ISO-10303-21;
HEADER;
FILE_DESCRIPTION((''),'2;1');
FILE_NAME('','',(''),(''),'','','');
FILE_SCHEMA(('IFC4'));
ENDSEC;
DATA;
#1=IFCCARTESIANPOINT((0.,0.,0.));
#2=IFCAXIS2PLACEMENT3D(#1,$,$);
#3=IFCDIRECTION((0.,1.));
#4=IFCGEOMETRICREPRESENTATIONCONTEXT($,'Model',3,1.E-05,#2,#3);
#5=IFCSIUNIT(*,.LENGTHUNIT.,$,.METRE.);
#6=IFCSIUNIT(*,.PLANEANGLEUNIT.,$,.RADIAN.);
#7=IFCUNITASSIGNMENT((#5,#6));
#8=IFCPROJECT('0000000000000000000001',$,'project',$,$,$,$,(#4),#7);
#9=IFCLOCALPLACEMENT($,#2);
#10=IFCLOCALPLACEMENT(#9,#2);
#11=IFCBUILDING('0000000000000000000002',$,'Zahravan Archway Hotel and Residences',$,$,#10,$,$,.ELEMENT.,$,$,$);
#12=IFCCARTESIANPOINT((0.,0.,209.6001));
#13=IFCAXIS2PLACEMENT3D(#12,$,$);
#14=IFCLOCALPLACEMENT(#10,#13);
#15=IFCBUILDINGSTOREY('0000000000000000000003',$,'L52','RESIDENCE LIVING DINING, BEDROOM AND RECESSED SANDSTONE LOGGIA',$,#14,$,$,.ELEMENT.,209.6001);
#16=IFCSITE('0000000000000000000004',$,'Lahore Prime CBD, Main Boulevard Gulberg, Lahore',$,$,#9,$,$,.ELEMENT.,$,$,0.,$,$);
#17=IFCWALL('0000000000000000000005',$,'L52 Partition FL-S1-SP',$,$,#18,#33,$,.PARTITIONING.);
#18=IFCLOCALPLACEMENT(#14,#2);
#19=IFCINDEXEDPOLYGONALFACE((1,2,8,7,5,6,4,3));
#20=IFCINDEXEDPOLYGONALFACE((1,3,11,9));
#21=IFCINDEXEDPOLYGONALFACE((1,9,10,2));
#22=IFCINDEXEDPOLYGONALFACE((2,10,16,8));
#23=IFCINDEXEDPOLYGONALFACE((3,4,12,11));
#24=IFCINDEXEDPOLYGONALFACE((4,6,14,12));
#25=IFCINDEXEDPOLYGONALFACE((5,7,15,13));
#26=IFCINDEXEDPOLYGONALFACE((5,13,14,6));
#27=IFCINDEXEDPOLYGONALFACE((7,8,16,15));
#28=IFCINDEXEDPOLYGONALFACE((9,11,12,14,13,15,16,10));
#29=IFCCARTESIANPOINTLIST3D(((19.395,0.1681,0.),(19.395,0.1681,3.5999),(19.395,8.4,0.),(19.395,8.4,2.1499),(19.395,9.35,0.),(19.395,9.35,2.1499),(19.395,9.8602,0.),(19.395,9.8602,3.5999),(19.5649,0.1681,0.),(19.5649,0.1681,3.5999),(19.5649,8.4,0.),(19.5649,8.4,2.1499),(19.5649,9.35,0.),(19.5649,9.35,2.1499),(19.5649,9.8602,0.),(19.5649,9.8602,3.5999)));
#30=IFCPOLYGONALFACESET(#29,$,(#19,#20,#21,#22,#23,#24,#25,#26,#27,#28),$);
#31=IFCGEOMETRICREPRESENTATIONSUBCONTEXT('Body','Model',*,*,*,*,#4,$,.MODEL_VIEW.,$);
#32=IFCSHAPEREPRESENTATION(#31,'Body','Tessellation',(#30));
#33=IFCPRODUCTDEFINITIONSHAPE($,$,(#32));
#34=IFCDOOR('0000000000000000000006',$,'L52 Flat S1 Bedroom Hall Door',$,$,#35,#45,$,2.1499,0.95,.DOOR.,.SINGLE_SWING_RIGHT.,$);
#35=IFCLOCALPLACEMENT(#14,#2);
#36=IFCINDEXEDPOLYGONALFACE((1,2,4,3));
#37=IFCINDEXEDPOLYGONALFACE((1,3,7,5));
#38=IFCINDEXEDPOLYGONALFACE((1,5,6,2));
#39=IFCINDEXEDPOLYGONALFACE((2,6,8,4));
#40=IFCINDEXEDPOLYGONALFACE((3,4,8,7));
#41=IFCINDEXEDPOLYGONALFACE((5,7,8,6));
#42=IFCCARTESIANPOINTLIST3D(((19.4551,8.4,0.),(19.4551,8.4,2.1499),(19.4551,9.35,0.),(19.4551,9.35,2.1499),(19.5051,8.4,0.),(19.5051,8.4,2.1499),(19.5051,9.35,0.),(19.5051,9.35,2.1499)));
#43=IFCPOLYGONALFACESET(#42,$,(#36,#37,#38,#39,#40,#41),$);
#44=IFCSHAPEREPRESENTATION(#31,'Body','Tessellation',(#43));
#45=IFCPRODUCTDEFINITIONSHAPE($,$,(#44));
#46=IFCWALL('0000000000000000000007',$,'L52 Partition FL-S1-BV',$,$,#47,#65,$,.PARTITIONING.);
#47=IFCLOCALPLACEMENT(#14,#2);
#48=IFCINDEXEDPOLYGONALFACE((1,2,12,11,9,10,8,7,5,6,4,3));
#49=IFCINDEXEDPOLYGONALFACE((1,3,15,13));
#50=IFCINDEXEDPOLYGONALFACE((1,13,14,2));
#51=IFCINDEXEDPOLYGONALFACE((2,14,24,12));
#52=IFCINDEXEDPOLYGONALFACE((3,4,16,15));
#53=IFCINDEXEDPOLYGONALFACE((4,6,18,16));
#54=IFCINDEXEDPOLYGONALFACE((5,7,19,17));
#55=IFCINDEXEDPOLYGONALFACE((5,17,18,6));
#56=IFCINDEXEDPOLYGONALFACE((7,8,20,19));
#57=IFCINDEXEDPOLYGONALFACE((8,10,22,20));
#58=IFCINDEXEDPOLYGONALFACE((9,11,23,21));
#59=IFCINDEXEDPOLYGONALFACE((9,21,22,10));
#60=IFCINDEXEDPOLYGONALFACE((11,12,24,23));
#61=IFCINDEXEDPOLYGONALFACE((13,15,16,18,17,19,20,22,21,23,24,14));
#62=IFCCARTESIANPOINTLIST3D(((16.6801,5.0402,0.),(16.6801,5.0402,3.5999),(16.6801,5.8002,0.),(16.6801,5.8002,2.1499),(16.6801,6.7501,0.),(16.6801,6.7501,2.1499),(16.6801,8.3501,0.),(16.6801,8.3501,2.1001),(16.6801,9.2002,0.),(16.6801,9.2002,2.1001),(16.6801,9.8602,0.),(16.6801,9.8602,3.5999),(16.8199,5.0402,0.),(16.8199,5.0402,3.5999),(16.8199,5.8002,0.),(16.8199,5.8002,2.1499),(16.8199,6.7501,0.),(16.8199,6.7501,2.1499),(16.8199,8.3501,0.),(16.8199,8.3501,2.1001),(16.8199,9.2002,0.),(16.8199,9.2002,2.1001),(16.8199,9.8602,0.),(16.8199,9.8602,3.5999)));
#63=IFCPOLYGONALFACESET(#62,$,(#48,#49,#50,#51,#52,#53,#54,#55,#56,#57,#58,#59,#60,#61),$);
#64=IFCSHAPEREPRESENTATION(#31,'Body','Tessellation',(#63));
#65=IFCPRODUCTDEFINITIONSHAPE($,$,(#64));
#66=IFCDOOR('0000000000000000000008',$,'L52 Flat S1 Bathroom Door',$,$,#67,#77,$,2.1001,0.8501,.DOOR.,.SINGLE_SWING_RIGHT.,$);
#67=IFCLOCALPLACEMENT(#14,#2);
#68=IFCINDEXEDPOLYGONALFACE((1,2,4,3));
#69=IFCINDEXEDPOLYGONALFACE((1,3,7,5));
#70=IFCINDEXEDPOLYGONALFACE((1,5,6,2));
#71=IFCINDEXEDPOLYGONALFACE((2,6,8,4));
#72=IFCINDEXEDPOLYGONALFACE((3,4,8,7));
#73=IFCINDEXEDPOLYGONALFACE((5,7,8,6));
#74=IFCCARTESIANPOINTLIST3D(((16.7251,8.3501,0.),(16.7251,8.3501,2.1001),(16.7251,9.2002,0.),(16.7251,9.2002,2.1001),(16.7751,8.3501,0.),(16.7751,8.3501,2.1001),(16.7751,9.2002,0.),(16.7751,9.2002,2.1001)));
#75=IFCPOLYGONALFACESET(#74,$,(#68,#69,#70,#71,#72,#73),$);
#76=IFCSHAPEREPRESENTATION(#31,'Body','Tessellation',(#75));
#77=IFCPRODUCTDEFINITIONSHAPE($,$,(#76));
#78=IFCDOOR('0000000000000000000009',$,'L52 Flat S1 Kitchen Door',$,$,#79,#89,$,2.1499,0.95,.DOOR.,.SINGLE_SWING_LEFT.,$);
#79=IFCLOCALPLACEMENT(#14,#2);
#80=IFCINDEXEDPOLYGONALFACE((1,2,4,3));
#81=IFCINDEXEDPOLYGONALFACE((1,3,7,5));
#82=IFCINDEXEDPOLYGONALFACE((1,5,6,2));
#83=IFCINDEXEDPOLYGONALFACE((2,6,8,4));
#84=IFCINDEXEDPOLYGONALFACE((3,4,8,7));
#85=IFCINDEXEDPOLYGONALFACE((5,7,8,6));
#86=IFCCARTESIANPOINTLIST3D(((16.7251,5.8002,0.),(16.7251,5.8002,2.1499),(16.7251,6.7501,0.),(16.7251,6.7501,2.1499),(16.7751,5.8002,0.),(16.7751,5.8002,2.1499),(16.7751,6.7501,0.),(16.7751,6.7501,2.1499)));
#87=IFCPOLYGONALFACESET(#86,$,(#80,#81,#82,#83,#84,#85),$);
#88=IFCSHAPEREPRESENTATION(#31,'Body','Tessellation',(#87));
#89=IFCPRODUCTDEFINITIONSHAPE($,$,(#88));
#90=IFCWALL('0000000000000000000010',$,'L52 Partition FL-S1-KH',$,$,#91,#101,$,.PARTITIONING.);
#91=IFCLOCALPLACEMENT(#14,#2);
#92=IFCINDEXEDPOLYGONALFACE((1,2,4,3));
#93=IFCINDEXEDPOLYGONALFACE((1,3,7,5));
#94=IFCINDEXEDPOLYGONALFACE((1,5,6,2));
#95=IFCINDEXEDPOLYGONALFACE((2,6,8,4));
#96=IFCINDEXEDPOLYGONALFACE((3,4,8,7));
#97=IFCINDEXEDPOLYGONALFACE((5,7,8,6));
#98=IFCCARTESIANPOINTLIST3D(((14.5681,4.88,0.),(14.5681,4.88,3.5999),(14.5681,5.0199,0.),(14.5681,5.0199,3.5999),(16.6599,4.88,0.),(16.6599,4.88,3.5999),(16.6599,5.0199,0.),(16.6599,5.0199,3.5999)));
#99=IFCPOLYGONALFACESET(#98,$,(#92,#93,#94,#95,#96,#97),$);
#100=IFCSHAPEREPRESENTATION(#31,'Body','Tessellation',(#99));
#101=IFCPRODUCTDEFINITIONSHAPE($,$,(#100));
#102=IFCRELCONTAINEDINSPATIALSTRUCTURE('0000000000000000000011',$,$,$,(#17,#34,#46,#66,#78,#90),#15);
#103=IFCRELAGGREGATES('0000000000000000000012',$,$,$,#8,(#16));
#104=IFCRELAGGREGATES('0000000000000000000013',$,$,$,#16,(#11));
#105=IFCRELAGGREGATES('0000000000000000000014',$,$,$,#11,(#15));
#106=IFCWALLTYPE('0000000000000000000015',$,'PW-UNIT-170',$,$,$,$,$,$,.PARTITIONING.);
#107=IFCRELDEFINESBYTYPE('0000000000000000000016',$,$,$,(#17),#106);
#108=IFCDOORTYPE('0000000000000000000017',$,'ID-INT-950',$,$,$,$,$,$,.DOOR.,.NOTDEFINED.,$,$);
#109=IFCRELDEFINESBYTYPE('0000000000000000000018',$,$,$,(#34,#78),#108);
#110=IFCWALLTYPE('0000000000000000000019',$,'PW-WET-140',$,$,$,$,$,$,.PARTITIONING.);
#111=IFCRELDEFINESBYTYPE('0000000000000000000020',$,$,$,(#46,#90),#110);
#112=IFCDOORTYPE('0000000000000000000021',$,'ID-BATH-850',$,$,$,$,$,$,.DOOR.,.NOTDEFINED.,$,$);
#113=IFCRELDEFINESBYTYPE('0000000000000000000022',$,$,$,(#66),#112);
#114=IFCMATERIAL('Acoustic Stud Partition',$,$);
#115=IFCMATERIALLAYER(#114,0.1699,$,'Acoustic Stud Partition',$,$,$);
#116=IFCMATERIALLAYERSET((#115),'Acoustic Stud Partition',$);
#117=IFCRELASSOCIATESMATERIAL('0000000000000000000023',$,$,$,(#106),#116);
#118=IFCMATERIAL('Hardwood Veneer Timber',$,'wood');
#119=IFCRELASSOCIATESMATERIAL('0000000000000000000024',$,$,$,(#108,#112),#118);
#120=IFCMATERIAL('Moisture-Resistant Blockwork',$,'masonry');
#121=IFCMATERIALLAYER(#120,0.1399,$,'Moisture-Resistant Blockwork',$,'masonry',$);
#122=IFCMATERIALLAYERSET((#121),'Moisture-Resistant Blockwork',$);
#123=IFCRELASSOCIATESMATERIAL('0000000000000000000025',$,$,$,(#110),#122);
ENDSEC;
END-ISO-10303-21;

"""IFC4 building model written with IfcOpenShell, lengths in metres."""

from ifc_helpers import new_model, si_unit, direction, frame, frame_2d, origin, place, context, subcontext, project, spatial, rectangle, extrude, source, transform, mapped, material, layer, layer_set, type_object, type_shapes, element, fill, save


model = new_model("IFC4")

# Units and contexts
model_context = context("Model", 3, precision=1e-05, world=origin(), true_north=direction((0.0, 1.0)))
body_context = subcontext(model_context, "Body", "Model", "MODEL_VIEW")
ifc_project = project(units=[si_unit("LENGTHUNIT", "METRE"), si_unit("PLANEANGLEUNIT", "RADIAN")], contexts=[model_context])

# Site, building, storey
site_placement = place(None, origin())
site = spatial("IfcSite", under=ifc_project, at=site_placement, Name="Lahore Prime CBD, Main Boulevard Gulberg, Lahore", CompositionType="ELEMENT", RefElevation=0.0)
building_placement = place(site_placement, origin())
building = spatial("IfcBuilding", under=site, at=building_placement, Name="Zahravan Archway Hotel and Residences", CompositionType="ELEMENT")
storey_placement = place(building_placement, frame((0.0, 0.0, 209.6001)))
storey = spatial("IfcBuildingStorey", under=building, at=storey_placement, Name="L52", Description="RESIDENCE LIVING DINING, BEDROOM AND RECESSED SANDSTONE LOGGIA", CompositionType="ELEMENT", Elevation=209.6001)

# Wall, opening, door
ifc_material_1 = material(Name="Acoustic Stud Partition")
ifc_layer_1 = layer(ifc_material_1, 0.1699, Name="Acoustic Stud Partition")
ifc_layer_set_1 = layer_set([ifc_layer_1], Name="Acoustic Stud Partition")
wall_type_1 = type_object("IfcWallType", Name="PW-UNIT-170", PredefinedType="PARTITIONING", material=ifc_layer_set_1)
wall_1_placement = place(storey_placement, frame((19.48, 0.168, 0.0), z_axis=(0.0, 0.0, 1.0), x_axis=(0.0, 1.0, 0.0)))
wall_1 = element("IfcWall", 1, at=wall_1_placement, inside=storey, type_object=wall_type_1, Name="L52 Partition FL-S1-SP", PredefinedType="PARTITIONING", context=body_context, shape_type="SweptSolid", body=[
    extrude(rectangle(XDim=9.6921, YDim=0.1699, at=frame_2d((4.8462, 0.0))), origin(), (0.0, 0.0, 1.0), 3.5999),
])
opening_1_placement = place(wall_1_placement, frame((8.2319, 0.0, 0.0)))
opening_1 = element("IfcOpeningElement", 2, at=opening_1_placement, cuts=wall_1, PredefinedType="OPENING", context=body_context, shape_type="SweptSolid", body=[
    extrude(rectangle(XDim=0.95, YDim=2.1499, at=frame_2d((0.4751, 1.075))), frame((0.0, 0.095, 0.0), z_axis=(0.0, -1.0, 0.0), x_axis=(1.0, 0.0, 0.0)), (0.0, 0.0, 1.0), 0.1899),
])
ifc_material_2 = material(Name="Hardwood Veneer Timber", Category="wood")
door_type_1 = type_object("IfcDoorType", Name="ID-INT-950", OperationType="NOTDEFINED", PredefinedType="DOOR", material=ifc_material_2)
shared_shape_1 = source(origin(), body_context, "Body", "SweptSolid", [
    extrude(rectangle(XDim=0.95, YDim=2.1499, at=frame_2d((0.4751, 1.075))), frame((0.0, 0.0249, 0.0), z_axis=(0.0, -1.0, 0.0), x_axis=(1.0, 0.0, 0.0)), (0.0, 0.0, 1.0), 0.05),
])
type_shapes(door_type_1, [shared_shape_1])
door_1_placement = place(opening_1_placement, origin())
door_1 = element("IfcDoor", 3, at=door_1_placement, inside=storey, type_object=door_type_1, Name="L52 Flat S1 Bedroom Hall Door", OperationType="SINGLE_SWING_RIGHT", OverallHeight=2.1499, OverallWidth=0.95, PredefinedType="DOOR", context=body_context, shape_type="MappedRepresentation", body=[
    mapped(shared_shape_1, transform((0.0, 0.0, 0.0), scale=1.0)),
])
fill(opening_1, door_1)

# Wall, openings, doors
ifc_material_3 = material(Name="Moisture-Resistant Blockwork", Category="masonry")
ifc_layer_2 = layer(ifc_material_3, 0.1399, Name="Moisture-Resistant Blockwork", Category="masonry")
ifc_layer_set_2 = layer_set([ifc_layer_2], Name="Moisture-Resistant Blockwork")
wall_type_2 = type_object("IfcWallType", Name="PW-WET-140", PredefinedType="PARTITIONING", material=ifc_layer_set_2)
wall_2_placement = place(storey_placement, frame((16.75, 5.04, 0.0), z_axis=(0.0, 0.0, 1.0), x_axis=(0.0, 1.0, 0.0)))
wall_2 = element("IfcWall", 4, at=wall_2_placement, inside=storey, type_object=wall_type_2, Name="L52 Partition FL-S1-BV", PredefinedType="PARTITIONING", context=body_context, shape_type="SweptSolid", body=[
    extrude(rectangle(XDim=4.8201, YDim=0.1399, at=frame_2d((2.4102, 0.0))), origin(), (0.0, 0.0, 1.0), 3.5999),
])
opening_2_placement = place(wall_2_placement, frame((0.76, 0.0, 0.0)))
opening_2 = element("IfcOpeningElement", 5, at=opening_2_placement, cuts=wall_2, PredefinedType="OPENING", context=body_context, shape_type="SweptSolid", body=[
    extrude(rectangle(XDim=0.95, YDim=2.1499, at=frame_2d((0.4751, 1.075))), frame((0.0, 0.0801, 0.0), z_axis=(0.0, -1.0, 0.0), x_axis=(1.0, 0.0, 0.0)), (0.0, 0.0, 1.0), 0.1599),
])
opening_3_placement = place(wall_2_placement, frame((3.3101, 0.0, 0.0)))
opening_3 = element("IfcOpeningElement", 6, at=opening_3_placement, cuts=wall_2, PredefinedType="OPENING", context=body_context, shape_type="SweptSolid", body=[
    extrude(rectangle(XDim=0.8501, YDim=2.1001, at=frame_2d((0.425, 1.05))), frame((0.0, 0.0801, 0.0), z_axis=(0.0, -1.0, 0.0), x_axis=(1.0, 0.0, 0.0)), (0.0, 0.0, 1.0), 0.1599),
])
door_type_2 = type_object("IfcDoorType", Name="ID-BATH-850", OperationType="NOTDEFINED", PredefinedType="DOOR", material=ifc_material_2)
shared_shape_2 = source(origin(), body_context, "Body", "SweptSolid", [
    extrude(rectangle(XDim=0.8501, YDim=2.1001, at=frame_2d((0.425, 1.05))), frame((0.0, 0.0249, 0.0), z_axis=(0.0, -1.0, 0.0), x_axis=(1.0, 0.0, 0.0)), (0.0, 0.0, 1.0), 0.05),
])
type_shapes(door_type_2, [shared_shape_2])
door_2_placement = place(opening_3_placement, origin())
door_2 = element("IfcDoor", 7, at=door_2_placement, inside=storey, type_object=door_type_2, Name="L52 Flat S1 Bathroom Door", OperationType="SINGLE_SWING_RIGHT", OverallHeight=2.1001, OverallWidth=0.8501, PredefinedType="DOOR", context=body_context, shape_type="MappedRepresentation", body=[
    mapped(shared_shape_2, transform((0.0, 0.0, 0.0), scale=1.0)),
])
fill(opening_3, door_2)
door_3_placement = place(opening_2_placement, origin())
door_3 = element("IfcDoor", 8, at=door_3_placement, inside=storey, type_object=door_type_1, Name="L52 Flat S1 Kitchen Door", OperationType="SINGLE_SWING_LEFT", OverallHeight=2.1499, OverallWidth=0.95, PredefinedType="DOOR", context=body_context, shape_type="MappedRepresentation", body=[
    mapped(shared_shape_1, transform((0.0, 0.0, 0.0), scale=1.0)),
])
fill(opening_2, door_3)

# Wall
wall_3_placement = place(storey_placement, frame((14.5681, 4.95, 0.0), z_axis=(0.0, 0.0, 1.0), x_axis=(1.0, 0.0, 0.0)))
element("IfcWall", 9, at=wall_3_placement, inside=storey, type_object=wall_type_2, Name="L52 Partition FL-S1-KH", PredefinedType="PARTITIONING", context=body_context, shape_type="SweptSolid", body=[
    extrude(rectangle(XDim=2.0918, YDim=0.1399, at=frame_2d((1.0459, 0.0))), origin(), (0.0, 0.0, 1.0), 3.5999),
])

save(model, "model.ifc")
